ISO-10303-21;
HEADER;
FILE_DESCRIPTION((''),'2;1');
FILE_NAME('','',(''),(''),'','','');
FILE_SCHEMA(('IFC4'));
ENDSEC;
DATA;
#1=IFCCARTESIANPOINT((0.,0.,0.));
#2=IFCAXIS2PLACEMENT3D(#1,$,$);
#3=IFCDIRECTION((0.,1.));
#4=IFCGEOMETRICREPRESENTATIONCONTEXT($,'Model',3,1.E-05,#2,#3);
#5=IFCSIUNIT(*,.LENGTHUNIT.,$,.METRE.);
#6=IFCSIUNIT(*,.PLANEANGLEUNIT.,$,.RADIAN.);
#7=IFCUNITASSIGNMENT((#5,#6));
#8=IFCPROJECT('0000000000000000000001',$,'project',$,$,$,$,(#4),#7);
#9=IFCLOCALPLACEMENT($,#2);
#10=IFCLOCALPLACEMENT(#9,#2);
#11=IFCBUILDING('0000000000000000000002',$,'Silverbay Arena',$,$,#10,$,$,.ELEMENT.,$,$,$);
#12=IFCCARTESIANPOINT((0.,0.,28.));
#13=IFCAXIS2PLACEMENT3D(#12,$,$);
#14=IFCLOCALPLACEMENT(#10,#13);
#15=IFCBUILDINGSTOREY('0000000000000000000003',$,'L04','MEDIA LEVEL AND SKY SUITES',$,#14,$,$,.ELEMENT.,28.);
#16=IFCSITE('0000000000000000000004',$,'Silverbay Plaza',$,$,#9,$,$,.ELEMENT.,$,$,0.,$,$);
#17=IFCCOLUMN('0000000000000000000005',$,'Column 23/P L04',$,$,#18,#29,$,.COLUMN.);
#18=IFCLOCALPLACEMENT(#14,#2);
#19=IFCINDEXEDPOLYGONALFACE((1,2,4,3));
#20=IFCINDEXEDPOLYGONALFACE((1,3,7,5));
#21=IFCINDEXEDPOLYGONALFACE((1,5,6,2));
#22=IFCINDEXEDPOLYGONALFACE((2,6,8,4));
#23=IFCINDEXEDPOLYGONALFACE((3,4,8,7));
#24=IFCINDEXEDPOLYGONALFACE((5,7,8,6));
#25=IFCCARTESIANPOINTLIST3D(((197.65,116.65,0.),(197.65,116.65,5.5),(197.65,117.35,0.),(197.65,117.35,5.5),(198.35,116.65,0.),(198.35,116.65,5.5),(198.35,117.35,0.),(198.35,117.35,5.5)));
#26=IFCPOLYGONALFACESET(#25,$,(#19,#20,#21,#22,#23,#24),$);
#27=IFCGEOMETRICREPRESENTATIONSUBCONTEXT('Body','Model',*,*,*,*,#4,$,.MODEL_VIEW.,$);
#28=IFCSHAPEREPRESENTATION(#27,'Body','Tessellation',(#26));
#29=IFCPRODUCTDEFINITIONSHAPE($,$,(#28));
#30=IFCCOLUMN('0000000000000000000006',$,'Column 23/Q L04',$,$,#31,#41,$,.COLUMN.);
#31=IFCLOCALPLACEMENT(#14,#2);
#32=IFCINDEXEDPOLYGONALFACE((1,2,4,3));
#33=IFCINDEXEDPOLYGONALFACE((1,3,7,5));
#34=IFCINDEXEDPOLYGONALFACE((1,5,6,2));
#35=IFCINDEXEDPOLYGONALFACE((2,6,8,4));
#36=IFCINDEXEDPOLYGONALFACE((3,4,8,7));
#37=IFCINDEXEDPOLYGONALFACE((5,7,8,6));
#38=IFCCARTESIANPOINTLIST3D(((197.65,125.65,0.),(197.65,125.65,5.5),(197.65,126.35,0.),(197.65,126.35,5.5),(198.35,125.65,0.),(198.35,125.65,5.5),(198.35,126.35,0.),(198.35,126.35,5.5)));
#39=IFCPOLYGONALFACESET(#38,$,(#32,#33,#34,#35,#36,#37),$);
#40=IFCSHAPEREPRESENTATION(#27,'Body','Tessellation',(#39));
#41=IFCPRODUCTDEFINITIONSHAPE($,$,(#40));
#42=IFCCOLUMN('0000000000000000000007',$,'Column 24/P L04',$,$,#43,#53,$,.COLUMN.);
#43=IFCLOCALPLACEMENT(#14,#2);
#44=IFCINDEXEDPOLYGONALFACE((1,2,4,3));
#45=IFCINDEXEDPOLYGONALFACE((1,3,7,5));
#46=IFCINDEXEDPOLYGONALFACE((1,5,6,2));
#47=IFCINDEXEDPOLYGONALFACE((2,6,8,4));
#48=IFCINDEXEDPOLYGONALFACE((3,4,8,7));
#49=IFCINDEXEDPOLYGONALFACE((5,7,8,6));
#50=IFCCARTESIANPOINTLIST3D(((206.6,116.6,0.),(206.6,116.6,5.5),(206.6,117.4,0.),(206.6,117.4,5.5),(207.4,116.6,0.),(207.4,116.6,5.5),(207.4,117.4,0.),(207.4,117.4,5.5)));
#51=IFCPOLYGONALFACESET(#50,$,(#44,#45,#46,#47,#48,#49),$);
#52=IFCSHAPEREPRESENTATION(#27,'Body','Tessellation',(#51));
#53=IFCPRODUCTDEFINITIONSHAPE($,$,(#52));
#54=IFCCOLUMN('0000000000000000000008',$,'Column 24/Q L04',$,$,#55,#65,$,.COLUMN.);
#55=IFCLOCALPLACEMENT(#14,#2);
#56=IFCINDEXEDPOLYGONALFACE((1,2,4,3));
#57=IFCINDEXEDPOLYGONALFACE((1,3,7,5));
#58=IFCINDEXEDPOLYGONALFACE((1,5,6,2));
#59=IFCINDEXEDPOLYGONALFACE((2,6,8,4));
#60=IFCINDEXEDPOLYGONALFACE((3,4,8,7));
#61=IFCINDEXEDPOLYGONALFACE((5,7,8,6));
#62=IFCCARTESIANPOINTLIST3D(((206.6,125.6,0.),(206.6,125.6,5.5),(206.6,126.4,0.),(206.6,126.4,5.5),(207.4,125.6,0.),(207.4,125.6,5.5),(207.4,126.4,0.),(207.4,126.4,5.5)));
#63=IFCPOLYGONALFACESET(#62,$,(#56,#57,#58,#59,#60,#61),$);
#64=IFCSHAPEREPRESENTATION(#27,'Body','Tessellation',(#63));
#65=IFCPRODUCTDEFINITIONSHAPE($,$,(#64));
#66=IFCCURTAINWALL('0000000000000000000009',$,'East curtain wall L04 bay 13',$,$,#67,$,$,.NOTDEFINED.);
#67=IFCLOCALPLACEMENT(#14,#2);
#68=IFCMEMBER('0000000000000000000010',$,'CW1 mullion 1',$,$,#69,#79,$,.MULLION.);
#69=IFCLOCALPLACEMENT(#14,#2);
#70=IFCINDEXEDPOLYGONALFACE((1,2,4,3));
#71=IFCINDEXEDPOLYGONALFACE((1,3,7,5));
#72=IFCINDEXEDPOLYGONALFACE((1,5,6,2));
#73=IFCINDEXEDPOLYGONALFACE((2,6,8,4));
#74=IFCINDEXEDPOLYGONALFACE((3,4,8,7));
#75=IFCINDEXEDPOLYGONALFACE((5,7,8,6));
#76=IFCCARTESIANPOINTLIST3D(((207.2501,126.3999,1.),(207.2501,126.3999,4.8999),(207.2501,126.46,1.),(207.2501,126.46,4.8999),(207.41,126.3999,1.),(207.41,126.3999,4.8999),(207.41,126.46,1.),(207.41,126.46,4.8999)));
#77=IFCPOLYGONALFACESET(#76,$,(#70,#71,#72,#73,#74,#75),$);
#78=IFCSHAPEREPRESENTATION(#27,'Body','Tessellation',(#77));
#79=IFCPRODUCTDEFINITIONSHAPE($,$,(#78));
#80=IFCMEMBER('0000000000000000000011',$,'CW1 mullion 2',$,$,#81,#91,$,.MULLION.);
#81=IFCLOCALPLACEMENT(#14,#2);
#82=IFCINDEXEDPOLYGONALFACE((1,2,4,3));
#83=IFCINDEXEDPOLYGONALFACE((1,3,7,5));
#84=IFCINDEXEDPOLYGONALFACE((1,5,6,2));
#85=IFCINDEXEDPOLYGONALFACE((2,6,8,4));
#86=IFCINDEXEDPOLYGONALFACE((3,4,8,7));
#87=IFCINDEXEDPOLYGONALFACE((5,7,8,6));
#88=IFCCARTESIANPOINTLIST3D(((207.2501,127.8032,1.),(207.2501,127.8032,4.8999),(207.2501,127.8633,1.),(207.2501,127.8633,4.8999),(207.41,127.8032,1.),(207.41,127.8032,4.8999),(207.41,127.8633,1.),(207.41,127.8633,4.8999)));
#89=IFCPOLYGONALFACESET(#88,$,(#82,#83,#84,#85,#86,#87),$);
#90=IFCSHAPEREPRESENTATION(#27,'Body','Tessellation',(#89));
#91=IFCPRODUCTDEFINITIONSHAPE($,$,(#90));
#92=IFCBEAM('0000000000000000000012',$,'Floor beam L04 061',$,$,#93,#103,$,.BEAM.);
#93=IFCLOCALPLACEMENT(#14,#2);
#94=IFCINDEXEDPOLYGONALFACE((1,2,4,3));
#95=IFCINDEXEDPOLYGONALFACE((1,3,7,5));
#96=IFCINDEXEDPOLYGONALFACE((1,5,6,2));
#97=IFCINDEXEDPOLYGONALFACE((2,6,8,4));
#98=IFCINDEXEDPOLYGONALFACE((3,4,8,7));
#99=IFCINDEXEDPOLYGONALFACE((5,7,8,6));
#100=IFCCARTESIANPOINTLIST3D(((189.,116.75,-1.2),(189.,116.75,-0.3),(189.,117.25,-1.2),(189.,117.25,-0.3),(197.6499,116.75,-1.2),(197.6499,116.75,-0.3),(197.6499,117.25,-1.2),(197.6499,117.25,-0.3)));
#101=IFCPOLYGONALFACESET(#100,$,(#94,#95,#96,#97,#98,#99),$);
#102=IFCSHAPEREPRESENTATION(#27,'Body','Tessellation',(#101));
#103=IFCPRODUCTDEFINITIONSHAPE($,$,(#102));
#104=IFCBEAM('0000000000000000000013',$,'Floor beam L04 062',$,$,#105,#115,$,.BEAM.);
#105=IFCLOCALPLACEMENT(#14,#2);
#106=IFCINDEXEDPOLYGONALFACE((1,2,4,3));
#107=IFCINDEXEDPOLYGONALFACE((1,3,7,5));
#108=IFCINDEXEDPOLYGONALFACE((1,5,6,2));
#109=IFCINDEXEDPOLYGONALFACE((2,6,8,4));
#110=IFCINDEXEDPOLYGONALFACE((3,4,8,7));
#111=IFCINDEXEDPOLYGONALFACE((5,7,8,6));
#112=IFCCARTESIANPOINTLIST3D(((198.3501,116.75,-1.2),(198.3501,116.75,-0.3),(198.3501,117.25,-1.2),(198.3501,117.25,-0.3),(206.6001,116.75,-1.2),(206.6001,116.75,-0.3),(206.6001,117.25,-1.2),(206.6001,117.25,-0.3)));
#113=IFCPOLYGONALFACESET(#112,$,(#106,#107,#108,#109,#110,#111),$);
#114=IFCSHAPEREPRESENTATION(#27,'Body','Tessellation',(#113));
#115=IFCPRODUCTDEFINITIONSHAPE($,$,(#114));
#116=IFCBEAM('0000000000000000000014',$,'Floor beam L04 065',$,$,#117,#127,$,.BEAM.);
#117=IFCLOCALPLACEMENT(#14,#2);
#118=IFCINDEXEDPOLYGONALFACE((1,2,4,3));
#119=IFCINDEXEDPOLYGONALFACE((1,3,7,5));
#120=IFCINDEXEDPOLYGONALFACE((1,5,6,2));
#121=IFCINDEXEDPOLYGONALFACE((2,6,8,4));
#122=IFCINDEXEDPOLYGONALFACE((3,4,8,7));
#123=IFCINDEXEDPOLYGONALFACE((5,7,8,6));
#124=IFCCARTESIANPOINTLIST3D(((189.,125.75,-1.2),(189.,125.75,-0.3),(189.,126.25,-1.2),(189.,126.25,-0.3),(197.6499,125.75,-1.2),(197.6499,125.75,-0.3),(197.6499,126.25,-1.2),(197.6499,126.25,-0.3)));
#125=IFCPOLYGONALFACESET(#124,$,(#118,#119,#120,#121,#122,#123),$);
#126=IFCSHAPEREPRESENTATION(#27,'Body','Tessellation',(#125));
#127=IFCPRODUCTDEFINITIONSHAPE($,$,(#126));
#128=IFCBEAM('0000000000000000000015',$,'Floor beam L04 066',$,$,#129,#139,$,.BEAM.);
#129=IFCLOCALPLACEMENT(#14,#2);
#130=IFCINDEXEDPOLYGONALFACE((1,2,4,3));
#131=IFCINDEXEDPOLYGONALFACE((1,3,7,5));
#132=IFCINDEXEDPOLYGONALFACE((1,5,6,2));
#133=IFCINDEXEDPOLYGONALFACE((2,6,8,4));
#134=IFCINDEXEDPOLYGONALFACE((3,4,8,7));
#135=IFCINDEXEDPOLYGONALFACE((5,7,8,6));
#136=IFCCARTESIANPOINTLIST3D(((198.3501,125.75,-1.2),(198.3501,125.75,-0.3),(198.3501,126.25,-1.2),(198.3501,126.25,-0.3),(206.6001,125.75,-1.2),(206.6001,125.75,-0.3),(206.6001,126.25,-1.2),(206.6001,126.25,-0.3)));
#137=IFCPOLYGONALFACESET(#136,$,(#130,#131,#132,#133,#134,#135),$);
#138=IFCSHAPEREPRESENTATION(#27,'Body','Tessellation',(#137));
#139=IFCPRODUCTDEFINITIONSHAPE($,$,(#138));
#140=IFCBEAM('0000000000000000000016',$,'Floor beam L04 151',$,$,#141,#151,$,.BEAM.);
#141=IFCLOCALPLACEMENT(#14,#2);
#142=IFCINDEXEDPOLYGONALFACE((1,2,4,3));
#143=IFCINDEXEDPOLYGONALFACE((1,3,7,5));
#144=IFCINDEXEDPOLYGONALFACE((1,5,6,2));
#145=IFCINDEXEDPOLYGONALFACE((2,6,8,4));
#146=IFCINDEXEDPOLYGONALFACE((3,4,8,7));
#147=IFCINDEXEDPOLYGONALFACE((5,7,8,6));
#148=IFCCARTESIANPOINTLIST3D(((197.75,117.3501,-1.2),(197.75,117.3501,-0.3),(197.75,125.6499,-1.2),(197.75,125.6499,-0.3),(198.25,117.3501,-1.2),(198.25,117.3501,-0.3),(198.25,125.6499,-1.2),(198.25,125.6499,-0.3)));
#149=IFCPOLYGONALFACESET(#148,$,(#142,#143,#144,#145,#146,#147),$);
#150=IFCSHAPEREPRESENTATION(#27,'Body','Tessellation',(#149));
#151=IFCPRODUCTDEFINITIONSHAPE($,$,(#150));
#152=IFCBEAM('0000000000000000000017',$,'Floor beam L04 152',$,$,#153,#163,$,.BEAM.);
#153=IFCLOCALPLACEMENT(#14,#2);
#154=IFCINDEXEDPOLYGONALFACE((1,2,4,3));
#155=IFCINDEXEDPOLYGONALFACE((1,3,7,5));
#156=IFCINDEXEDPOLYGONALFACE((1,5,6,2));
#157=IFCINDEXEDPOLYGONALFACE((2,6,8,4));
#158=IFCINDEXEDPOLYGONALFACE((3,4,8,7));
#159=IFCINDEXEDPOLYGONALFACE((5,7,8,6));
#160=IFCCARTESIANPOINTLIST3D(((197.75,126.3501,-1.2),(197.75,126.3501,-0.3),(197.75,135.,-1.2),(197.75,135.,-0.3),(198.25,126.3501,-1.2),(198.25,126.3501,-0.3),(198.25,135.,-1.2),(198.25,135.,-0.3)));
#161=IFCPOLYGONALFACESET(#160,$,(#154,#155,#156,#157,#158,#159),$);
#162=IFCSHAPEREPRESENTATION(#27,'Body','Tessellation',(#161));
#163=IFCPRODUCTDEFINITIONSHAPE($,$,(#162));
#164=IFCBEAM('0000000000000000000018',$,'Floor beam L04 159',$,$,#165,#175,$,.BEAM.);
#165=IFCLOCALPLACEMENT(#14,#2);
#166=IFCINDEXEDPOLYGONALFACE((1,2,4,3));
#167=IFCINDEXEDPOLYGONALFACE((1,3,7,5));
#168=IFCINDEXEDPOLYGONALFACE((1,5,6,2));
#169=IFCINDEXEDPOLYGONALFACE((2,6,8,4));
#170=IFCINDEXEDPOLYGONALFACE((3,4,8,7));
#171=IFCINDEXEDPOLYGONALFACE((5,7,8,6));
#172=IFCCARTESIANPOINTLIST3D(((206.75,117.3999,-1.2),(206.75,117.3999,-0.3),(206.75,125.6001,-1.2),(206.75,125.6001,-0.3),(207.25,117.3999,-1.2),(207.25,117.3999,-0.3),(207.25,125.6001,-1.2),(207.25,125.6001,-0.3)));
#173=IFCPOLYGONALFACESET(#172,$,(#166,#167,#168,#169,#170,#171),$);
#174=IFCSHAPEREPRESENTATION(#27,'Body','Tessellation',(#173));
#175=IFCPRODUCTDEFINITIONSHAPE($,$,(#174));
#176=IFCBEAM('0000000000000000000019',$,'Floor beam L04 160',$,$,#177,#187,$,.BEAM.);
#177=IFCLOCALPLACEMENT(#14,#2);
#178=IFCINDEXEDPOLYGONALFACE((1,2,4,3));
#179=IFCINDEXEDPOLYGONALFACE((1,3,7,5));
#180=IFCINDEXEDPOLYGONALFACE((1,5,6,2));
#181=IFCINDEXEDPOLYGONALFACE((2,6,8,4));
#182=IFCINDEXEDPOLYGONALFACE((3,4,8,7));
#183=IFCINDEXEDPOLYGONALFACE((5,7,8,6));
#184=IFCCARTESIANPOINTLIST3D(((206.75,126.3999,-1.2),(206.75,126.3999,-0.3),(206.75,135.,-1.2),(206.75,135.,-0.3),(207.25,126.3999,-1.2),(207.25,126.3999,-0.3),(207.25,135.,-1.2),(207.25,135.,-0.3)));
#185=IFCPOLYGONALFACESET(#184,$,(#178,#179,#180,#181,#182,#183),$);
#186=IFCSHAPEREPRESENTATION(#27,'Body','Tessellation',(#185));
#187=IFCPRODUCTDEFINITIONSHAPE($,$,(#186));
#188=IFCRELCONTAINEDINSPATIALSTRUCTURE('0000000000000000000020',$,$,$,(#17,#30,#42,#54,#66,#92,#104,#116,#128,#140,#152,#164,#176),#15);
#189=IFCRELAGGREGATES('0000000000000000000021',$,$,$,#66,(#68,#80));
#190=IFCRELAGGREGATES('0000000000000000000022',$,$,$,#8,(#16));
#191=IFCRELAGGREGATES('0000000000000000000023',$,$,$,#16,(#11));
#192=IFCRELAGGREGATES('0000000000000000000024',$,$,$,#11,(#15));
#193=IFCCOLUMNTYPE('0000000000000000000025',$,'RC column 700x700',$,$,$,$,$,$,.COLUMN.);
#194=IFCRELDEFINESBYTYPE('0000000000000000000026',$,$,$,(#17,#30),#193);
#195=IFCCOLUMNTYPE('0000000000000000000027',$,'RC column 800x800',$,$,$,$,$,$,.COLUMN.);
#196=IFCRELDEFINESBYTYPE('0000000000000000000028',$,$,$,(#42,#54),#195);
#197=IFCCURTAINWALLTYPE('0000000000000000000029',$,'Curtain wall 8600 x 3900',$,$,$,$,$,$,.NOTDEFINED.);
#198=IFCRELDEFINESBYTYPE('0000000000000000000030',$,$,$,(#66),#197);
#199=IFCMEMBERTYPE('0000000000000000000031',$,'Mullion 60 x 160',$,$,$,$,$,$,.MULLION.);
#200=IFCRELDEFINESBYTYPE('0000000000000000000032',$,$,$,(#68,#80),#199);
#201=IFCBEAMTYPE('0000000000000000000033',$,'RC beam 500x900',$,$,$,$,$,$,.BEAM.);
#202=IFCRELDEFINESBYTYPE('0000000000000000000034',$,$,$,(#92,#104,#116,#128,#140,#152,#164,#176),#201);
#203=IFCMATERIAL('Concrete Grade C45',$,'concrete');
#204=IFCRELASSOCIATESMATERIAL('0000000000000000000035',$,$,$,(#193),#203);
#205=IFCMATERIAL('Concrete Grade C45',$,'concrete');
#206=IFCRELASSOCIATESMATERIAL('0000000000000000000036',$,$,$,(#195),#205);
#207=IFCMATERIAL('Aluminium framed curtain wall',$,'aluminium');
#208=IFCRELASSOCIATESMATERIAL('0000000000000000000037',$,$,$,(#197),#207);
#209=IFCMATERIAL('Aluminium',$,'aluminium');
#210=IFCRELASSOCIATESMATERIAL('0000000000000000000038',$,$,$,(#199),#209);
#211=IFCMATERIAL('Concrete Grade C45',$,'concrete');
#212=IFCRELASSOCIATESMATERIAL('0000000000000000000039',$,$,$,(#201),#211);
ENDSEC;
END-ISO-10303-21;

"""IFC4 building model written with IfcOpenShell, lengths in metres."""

from ifc_helpers import new_model, si_unit, direction, frame, origin, origin_2d, place, context, subcontext, project, spatial, rectangle, extrude, material, material_profile, profile_set, type_object, element, aggregate, save


model = new_model("IFC4")

# Units and contexts
model_context = context("Model", 3, precision=1e-05, world=origin(), true_north=direction((0.0, 1.0)))
body_context = subcontext(model_context, "Body", "Model", "MODEL_VIEW")
ifc_project = project(units=[si_unit("LENGTHUNIT", "METRE"), si_unit("PLANEANGLEUNIT", "RADIAN")], contexts=[model_context])

# Site, building, storey
site_placement = place(None, origin())
site = spatial("IfcSite", under=ifc_project, at=site_placement, Name="Silverbay Plaza", CompositionType="ELEMENT", RefElevation=0.0)
building_placement = place(site_placement, origin())
building = spatial("IfcBuilding", under=site, at=building_placement, Name="Silverbay Arena", CompositionType="ELEMENT")
storey_placement = place(building_placement, frame((0.0, 0.0, 28.0)))
storey = spatial("IfcBuildingStorey", under=building, at=storey_placement, Name="L04", Description="MEDIA LEVEL AND SKY SUITES", CompositionType="ELEMENT", Elevation=28.0)

# Columns
ifc_material_1 = material(Name="Concrete Grade C45", Category="concrete")
ifc_material_profile_1 = material_profile(ifc_material_1, rectangle(XDim=0.7, YDim=0.7, at=origin_2d()), Name="RC 700x700")
ifc_profile_set_1 = profile_set([ifc_material_profile_1], Name="Concrete Grade C45")
column_type_1 = type_object("IfcColumnType", Name="RC column 700x700", PredefinedType="COLUMN", material=ifc_profile_set_1)
for number, where, z_axis, x_axis, name in (
    (1, (198.0, 117.0, 0.0), (0.0, 0.0, 1.0), (1.0, 0.0, 0.0), "Column 23/P L04"),
    (2, (198.0, 126.0, 0.0), (0.0, 0.0, 1.0), (1.0, 0.0, 0.0), "Column 23/Q L04"),
):
    element("IfcColumn", number, at=place(storey_placement, frame(where, z_axis=z_axis, x_axis=x_axis)), inside=storey, type_object=column_type_1, Name=name, PredefinedType="COLUMN", context=body_context, shape_type="SweptSolid", body=[
        extrude(rectangle(XDim=0.7, YDim=0.7, at=origin_2d()), origin(), (0.0, 0.0, 1.0), 5.5),
    ])
ifc_material_2 = material(Name="Concrete Grade C45", Category="concrete")
ifc_material_profile_2 = material_profile(ifc_material_2, rectangle(XDim=0.8, YDim=0.8, at=origin_2d()), Name="RC 800x800")
ifc_profile_set_2 = profile_set([ifc_material_profile_2], Name="Concrete Grade C45")
column_type_2 = type_object("IfcColumnType", Name="RC column 800x800", PredefinedType="COLUMN", material=ifc_profile_set_2)
for number, where, z_axis, x_axis, name in (
    (3, (207.0, 117.0, 0.0), (0.0, 0.0, 1.0), (1.0, 0.0, 0.0), "Column 24/P L04"),
    (4, (207.0, 126.0, 0.0), (0.0, 0.0, 1.0), (1.0, 0.0, 0.0), "Column 24/Q L04"),
):
    element("IfcColumn", number, at=place(storey_placement, frame(where, z_axis=z_axis, x_axis=x_axis)), inside=storey, type_object=column_type_2, Name=name, PredefinedType="COLUMN", context=body_context, shape_type="SweptSolid", body=[
        extrude(rectangle(XDim=0.8, YDim=0.8, at=origin_2d()), origin(), (0.0, 0.0, 1.0), 5.5),
    ])

# Curtain wall, members
ifc_material_3 = material(Name="Aluminium framed curtain wall", Category="aluminium")
curtain_wall_type = type_object("IfcCurtainWallType", Name="Curtain wall 8600 x 3900", PredefinedType="NOTDEFINED", material=ifc_material_3)
curtain_wall_placement = place(storey_placement, origin())
curtain_wall = element("IfcCurtainWall", 5, at=curtain_wall_placement, inside=storey, type_object=curtain_wall_type, Name="East curtain wall L04 bay 13", PredefinedType="NOTDEFINED")
ifc_material_4 = material(Name="Aluminium", Category="aluminium")
ifc_material_profile_3 = material_profile(ifc_material_4, rectangle(XDim=0.1599, YDim=0.0601, at=origin_2d()), Name="Mullion 60 x 160")
ifc_profile_set_3 = profile_set([ifc_material_profile_3], Name="Aluminium")
member_type_1 = type_object("IfcMemberType", Name="Mullion 60 x 160", PredefinedType="MULLION", material=ifc_profile_set_3)
member_1_placement = place(storey_placement, frame((207.3301, 126.4299, 1.0), z_axis=(0.0, 0.0, 1.0), x_axis=(-1.0, 0.0, 0.0)))
member_1 = element("IfcMember", 6, at=member_1_placement, type_object=member_type_1, Name="CW1 mullion 1", PredefinedType="MULLION", context=body_context, shape_type="SweptSolid", body=[
    extrude(rectangle(XDim=0.1599, YDim=0.0601, at=origin_2d()), origin(), (0.0, 0.0, 1.0), 3.8999),
])
member_2_placement = place(storey_placement, frame((207.3301, 127.8333, 1.0), z_axis=(0.0, 0.0, 1.0), x_axis=(-1.0, 0.0, 0.0)))
member_2 = element("IfcMember", 7, at=member_2_placement, type_object=member_type_1, Name="CW1 mullion 2", PredefinedType="MULLION", context=body_context, shape_type="SweptSolid", body=[
    extrude(rectangle(XDim=0.1599, YDim=0.0601, at=origin_2d()), origin(), (0.0, 0.0, 1.0), 3.8999),
])

# Beams
ifc_material_5 = material(Name="Concrete Grade C45", Category="concrete")
ifc_material_profile_4 = material_profile(ifc_material_5, rectangle(XDim=0.5, YDim=0.8999, at=origin_2d()), Name="RC 500x900")
ifc_profile_set_4 = profile_set([ifc_material_profile_4], Name="Concrete Grade C45")
beam_type = type_object("IfcBeamType", Name="RC beam 500x900", PredefinedType="BEAM", material=ifc_profile_set_4)
beam_1_placement = place(storey_placement, frame((189.0, 117.0, -0.75), z_axis=(1.0, 0.0, 0.0), x_axis=(0.0, 1.0, 0.0)))
element("IfcBeam", 8, at=beam_1_placement, inside=storey, type_object=beam_type, Name="Floor beam L04 061", PredefinedType="BEAM", context=body_context, shape_type="SweptSolid", body=[
    extrude(rectangle(XDim=0.5, YDim=0.8999, at=origin_2d()), origin(), (0.0, 0.0, 1.0), 8.6499),
])
beam_2_placement = place(storey_placement, frame((198.3501, 117.0, -0.75), z_axis=(1.0, 0.0, 0.0), x_axis=(0.0, 1.0, 0.0)))
element("IfcBeam", 9, at=beam_2_placement, inside=storey, type_object=beam_type, Name="Floor beam L04 062", PredefinedType="BEAM", context=body_context, shape_type="SweptSolid", body=[
    extrude(rectangle(XDim=0.5, YDim=0.8999, at=origin_2d()), origin(), (0.0, 0.0, 1.0), 8.25),
])
beam_3_placement = place(storey_placement, frame((189.0, 126.0, -0.75), z_axis=(1.0, 0.0, 0.0), x_axis=(0.0, 1.0, 0.0)))
element("IfcBeam", 10, at=beam_3_placement, inside=storey, type_object=beam_type, Name="Floor beam L04 065", PredefinedType="BEAM", context=body_context, shape_type="SweptSolid", body=[
    extrude(rectangle(XDim=0.5, YDim=0.8999, at=origin_2d()), origin(), (0.0, 0.0, 1.0), 8.6499),
])
beam_4_placement = place(storey_placement, frame((198.3501, 126.0, -0.75), z_axis=(1.0, 0.0, 0.0), x_axis=(0.0, 1.0, 0.0)))
element("IfcBeam", 11, at=beam_4_placement, inside=storey, type_object=beam_type, Name="Floor beam L04 066", PredefinedType="BEAM", context=body_context, shape_type="SweptSolid", body=[
    extrude(rectangle(XDim=0.5, YDim=0.8999, at=origin_2d()), origin(), (0.0, 0.0, 1.0), 8.25),
])
beam_5_placement = place(storey_placement, frame((198.0, 117.3501, -0.75), z_axis=(0.0, 1.0, 0.0), x_axis=(-1.0, 0.0, 0.0)))
element("IfcBeam", 12, at=beam_5_placement, inside=storey, type_object=beam_type, Name="Floor beam L04 151", PredefinedType="BEAM", context=body_context, shape_type="SweptSolid", body=[
    extrude(rectangle(XDim=0.5, YDim=0.8999, at=origin_2d()), origin(), (0.0, 0.0, 1.0), 8.2998),
])
beam_6_placement = place(storey_placement, frame((198.0, 126.3501, -0.75), z_axis=(0.0, 1.0, 0.0), x_axis=(-1.0, 0.0, 0.0)))
element("IfcBeam", 13, at=beam_6_placement, inside=storey, type_object=beam_type, Name="Floor beam L04 152", PredefinedType="BEAM", context=body_context, shape_type="SweptSolid", body=[
    extrude(rectangle(XDim=0.5, YDim=0.8999, at=origin_2d()), origin(), (0.0, 0.0, 1.0), 8.6499),
])
beam_7_placement = place(storey_placement, frame((207.0, 117.3999, -0.75), z_axis=(0.0, 1.0, 0.0), x_axis=(-1.0, 0.0, 0.0)))
element("IfcBeam", 14, at=beam_7_placement, inside=storey, type_object=beam_type, Name="Floor beam L04 159", PredefinedType="BEAM", context=body_context, shape_type="SweptSolid", body=[
    extrude(rectangle(XDim=0.5, YDim=0.8999, at=origin_2d()), origin(), (0.0, 0.0, 1.0), 8.2002),
])
beam_8_placement = place(storey_placement, frame((207.0, 126.3999, -0.75), z_axis=(0.0, 1.0, 0.0), x_axis=(-1.0, 0.0, 0.0)))
element("IfcBeam", 15, at=beam_8_placement, inside=storey, type_object=beam_type, Name="Floor beam L04 160", PredefinedType="BEAM", context=body_context, shape_type="SweptSolid", body=[
    extrude(rectangle(XDim=0.5, YDim=0.8999, at=origin_2d()), origin(), (0.0, 0.0, 1.0), 8.6001),
])

aggregate(curtain_wall, [member_1, member_2])

save(model, "model.ifc")
